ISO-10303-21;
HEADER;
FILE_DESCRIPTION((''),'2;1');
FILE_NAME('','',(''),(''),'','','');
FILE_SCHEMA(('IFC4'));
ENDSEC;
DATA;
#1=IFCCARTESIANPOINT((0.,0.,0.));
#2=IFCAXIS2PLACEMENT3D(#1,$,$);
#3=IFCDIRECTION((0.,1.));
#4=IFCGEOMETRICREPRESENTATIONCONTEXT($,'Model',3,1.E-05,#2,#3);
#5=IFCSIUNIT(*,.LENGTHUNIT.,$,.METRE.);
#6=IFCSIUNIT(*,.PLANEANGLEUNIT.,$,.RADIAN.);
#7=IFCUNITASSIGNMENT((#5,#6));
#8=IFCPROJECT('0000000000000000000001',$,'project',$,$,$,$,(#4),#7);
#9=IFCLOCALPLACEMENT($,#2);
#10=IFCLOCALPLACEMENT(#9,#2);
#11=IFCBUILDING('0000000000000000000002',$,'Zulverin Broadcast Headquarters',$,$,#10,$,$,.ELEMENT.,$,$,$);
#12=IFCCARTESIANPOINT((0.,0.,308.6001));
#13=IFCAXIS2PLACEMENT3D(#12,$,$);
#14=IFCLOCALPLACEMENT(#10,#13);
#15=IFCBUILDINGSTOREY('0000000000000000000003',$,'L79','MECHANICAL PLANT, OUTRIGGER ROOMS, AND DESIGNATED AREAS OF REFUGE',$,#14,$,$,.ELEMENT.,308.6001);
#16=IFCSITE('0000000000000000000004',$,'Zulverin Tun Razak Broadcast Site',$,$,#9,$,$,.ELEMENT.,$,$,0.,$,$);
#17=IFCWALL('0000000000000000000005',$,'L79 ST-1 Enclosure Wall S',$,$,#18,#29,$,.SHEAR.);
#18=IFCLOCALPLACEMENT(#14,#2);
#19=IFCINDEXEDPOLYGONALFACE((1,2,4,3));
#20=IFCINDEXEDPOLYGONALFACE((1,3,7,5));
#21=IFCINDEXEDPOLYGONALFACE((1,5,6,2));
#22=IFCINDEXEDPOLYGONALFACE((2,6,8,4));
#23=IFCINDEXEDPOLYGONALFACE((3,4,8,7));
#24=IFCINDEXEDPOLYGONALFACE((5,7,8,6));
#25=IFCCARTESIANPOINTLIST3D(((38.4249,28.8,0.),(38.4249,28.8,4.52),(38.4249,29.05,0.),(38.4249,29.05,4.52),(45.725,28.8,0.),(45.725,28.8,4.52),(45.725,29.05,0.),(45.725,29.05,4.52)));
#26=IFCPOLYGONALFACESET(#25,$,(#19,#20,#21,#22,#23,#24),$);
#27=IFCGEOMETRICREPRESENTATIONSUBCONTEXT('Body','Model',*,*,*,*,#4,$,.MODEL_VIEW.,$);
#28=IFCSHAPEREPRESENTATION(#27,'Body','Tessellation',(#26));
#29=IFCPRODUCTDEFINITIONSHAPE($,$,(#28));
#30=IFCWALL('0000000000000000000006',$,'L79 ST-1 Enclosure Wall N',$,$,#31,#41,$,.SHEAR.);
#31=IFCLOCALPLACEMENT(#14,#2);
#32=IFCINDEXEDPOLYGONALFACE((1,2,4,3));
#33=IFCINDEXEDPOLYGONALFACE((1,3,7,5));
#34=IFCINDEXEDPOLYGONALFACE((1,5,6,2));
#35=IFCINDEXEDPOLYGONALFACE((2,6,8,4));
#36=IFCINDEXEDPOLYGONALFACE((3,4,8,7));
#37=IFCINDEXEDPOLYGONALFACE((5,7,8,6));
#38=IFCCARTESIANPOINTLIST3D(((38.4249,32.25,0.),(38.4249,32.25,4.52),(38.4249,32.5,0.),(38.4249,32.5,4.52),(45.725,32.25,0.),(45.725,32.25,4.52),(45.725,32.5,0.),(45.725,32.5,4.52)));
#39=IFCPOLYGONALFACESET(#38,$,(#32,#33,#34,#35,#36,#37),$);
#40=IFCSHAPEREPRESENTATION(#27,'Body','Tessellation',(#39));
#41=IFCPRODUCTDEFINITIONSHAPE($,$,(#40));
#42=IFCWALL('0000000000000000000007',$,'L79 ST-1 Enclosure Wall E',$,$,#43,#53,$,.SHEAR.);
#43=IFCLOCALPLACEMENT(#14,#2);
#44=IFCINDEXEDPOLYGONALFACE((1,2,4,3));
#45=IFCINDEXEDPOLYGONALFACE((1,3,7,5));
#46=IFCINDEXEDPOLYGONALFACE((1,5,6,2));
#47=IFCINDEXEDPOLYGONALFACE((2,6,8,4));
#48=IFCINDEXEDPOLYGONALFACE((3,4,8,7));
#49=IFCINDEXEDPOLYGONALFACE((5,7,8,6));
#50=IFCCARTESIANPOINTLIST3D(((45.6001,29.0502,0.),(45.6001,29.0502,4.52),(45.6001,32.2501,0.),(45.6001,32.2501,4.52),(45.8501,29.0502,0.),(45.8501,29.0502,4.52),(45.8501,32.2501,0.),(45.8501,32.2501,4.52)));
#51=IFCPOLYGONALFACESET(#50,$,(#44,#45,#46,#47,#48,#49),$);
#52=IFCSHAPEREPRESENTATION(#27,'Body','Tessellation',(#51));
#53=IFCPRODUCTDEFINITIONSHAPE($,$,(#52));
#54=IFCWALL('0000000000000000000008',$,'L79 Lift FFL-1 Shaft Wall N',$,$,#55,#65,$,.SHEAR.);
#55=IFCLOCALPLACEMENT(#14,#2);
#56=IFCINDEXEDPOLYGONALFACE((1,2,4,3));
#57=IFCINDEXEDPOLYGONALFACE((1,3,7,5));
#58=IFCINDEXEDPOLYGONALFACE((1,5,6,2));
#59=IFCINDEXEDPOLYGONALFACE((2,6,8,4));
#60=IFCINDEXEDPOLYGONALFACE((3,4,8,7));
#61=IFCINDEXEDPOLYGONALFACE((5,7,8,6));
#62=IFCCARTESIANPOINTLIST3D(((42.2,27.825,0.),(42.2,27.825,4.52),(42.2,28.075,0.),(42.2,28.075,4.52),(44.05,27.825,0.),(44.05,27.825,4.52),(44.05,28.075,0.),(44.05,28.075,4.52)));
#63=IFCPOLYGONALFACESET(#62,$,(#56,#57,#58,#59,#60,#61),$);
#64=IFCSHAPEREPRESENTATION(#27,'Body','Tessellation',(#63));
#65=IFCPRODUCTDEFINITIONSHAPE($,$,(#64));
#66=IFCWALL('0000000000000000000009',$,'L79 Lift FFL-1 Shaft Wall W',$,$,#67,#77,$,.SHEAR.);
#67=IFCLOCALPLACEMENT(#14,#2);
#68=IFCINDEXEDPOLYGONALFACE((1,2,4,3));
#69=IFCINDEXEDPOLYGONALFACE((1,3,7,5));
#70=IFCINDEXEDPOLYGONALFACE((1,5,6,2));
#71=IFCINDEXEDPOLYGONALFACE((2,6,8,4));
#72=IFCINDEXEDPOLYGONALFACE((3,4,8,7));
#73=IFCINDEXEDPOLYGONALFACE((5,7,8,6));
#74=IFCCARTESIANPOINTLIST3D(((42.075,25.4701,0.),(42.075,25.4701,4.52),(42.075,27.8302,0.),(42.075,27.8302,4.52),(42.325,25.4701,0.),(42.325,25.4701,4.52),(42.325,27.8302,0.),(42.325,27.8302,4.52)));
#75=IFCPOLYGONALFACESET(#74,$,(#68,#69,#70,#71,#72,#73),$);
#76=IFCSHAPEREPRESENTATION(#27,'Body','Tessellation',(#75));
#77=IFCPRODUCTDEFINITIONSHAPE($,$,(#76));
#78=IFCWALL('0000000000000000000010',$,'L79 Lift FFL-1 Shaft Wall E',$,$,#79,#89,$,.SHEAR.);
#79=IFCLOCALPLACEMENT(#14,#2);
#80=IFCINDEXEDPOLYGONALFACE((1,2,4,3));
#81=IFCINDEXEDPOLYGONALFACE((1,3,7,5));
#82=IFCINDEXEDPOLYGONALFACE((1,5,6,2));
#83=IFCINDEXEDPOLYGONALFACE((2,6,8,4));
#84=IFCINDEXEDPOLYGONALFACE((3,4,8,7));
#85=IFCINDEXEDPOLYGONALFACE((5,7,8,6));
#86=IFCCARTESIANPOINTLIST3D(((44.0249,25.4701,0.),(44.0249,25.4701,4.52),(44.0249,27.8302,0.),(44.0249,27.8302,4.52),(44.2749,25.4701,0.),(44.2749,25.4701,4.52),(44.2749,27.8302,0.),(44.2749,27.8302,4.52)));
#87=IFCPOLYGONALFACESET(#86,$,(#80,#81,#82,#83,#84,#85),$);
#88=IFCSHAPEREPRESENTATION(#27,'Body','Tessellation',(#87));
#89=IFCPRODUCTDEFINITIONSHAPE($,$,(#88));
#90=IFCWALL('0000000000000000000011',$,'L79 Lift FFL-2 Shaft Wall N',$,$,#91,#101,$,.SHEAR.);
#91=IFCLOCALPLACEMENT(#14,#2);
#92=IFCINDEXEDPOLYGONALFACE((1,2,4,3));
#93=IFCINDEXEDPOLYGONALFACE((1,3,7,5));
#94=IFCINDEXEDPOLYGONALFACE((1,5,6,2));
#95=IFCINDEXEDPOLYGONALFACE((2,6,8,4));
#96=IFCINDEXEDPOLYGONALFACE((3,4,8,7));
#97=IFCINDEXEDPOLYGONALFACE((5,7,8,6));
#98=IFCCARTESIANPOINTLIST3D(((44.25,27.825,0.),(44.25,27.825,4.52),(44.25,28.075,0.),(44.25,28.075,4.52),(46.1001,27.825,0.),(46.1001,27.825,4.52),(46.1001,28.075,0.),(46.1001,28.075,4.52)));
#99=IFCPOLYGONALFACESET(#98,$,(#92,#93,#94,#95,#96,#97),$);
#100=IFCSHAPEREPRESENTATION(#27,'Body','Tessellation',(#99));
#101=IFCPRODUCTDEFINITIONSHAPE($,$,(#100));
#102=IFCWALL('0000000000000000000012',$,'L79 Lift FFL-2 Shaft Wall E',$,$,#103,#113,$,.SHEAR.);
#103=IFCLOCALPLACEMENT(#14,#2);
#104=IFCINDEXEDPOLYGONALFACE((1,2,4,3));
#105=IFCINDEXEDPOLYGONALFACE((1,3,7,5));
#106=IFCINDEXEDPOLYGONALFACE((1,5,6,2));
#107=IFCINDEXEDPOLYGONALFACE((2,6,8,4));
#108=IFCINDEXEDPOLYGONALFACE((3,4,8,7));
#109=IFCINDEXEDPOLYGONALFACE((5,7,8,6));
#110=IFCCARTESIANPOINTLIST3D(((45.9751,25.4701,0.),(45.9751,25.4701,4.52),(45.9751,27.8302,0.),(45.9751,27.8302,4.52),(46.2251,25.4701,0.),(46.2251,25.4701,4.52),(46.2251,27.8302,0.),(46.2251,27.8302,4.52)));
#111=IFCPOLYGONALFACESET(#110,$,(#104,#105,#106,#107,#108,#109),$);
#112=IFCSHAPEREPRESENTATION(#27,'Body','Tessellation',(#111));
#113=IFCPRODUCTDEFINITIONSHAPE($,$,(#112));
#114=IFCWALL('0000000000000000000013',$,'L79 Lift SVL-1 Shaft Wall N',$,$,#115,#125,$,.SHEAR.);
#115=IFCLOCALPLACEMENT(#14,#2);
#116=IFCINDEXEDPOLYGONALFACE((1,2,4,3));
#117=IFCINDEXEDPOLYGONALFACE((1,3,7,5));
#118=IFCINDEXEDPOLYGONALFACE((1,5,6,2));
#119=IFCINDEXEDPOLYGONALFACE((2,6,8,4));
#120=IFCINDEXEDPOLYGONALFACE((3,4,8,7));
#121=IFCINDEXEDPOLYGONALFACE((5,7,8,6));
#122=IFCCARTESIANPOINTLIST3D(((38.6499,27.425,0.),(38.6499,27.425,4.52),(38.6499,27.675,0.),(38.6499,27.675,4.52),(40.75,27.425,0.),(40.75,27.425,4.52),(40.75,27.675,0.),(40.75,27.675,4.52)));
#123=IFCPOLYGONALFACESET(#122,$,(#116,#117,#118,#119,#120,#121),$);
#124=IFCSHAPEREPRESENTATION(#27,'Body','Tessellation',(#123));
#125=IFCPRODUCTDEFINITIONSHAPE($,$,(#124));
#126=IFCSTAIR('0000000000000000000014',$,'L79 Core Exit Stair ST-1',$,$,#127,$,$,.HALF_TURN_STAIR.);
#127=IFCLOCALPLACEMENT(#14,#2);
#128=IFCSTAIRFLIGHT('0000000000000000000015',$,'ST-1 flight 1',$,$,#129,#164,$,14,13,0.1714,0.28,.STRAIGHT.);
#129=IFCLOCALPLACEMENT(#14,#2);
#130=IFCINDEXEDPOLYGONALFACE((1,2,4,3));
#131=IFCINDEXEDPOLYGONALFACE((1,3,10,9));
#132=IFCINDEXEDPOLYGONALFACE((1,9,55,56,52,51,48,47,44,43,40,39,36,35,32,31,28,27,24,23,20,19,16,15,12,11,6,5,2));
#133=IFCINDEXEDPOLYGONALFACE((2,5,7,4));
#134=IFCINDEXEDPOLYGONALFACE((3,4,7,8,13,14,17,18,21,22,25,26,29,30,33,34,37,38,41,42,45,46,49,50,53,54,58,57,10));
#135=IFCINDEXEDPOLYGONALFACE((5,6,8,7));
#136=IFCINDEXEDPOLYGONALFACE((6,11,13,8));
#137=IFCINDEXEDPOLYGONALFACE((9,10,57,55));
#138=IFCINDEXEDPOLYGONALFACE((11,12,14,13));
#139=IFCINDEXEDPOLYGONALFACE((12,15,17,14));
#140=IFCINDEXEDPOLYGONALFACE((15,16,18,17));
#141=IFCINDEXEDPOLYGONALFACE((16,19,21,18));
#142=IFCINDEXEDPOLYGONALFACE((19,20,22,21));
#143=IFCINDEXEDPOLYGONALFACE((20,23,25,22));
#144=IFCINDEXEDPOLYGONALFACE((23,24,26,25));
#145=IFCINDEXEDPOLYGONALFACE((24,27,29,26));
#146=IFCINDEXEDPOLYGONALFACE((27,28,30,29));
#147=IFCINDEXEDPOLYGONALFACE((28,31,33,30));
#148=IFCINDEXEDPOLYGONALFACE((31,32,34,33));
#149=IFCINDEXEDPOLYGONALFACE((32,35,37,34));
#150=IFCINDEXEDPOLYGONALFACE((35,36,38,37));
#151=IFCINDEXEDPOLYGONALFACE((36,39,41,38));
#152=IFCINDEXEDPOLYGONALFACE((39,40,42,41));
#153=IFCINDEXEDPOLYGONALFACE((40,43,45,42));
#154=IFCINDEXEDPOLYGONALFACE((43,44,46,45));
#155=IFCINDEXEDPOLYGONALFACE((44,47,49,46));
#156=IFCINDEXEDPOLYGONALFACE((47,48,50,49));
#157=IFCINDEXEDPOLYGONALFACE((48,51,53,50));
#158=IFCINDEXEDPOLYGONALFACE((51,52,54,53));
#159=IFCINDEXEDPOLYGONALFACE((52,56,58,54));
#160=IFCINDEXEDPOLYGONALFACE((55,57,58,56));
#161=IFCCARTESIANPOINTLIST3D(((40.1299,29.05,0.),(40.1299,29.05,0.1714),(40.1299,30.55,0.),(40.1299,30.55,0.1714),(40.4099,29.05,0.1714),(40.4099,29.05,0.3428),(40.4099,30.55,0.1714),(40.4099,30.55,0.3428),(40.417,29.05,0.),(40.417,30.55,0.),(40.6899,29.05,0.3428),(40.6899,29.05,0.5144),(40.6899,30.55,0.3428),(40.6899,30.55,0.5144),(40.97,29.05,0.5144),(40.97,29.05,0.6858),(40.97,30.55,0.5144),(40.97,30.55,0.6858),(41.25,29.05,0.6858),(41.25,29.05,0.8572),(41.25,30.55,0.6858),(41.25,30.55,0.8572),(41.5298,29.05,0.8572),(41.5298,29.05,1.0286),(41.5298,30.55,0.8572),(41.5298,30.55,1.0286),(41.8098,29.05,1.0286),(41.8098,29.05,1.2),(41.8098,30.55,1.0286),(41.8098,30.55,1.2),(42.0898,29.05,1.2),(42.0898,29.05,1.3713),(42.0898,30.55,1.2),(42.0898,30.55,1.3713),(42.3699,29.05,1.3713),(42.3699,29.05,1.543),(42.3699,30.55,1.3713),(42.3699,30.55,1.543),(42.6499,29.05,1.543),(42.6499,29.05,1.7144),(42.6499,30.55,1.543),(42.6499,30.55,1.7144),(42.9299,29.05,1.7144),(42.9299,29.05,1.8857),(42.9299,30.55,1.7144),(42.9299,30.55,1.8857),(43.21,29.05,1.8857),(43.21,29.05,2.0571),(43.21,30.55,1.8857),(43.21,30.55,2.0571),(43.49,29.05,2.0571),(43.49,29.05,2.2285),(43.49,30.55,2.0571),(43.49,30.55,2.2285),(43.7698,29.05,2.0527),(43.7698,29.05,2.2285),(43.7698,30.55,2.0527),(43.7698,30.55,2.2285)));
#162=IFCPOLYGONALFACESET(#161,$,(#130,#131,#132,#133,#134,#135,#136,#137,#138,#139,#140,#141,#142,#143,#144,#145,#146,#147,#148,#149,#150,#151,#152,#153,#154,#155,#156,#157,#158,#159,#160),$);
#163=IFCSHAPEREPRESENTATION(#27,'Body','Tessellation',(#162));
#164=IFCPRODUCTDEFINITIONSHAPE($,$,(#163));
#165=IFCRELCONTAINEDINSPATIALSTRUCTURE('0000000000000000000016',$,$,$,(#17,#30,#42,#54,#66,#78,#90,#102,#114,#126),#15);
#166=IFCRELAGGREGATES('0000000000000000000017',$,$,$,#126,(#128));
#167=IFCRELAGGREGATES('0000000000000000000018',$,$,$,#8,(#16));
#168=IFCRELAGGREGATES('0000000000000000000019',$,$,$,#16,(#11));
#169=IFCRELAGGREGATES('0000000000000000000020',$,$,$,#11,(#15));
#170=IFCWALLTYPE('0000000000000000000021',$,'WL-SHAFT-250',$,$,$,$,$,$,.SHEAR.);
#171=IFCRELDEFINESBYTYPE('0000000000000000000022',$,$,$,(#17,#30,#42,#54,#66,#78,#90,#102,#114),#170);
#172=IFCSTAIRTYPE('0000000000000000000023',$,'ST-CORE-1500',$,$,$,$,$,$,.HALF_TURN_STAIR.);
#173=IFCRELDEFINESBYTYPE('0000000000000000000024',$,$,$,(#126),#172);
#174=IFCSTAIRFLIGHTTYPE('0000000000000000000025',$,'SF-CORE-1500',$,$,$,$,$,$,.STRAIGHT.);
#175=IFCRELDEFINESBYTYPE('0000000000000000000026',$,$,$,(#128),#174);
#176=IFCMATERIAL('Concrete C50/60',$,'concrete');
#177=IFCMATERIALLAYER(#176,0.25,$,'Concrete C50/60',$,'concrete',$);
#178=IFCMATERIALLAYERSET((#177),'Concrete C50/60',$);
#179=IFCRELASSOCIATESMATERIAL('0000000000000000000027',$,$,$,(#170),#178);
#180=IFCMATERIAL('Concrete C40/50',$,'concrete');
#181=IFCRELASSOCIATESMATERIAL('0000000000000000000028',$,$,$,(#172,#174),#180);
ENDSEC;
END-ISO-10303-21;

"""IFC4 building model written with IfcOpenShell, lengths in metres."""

from ifc_helpers import new_model, si_unit, direction, frame, frame_2d, origin, place, context, subcontext, project, spatial, polyline, rectangle, outline, extrude, material, layer, layer_set, type_object, element, aggregate, save


model = new_model("IFC4")

# Units and contexts
model_context = context("Model", 3, precision=1e-05, world=origin(), true_north=direction((0.0, 1.0)))
body_context = subcontext(model_context, "Body", "Model", "MODEL_VIEW")
ifc_project = project(units=[si_unit("LENGTHUNIT", "METRE"), si_unit("PLANEANGLEUNIT", "RADIAN")], contexts=[model_context])

# Site, building, storey
site_placement = place(None, origin())
site = spatial("IfcSite", under=ifc_project, at=site_placement, Name="Zulverin Tun Razak Broadcast Site", CompositionType="ELEMENT", RefElevation=0.0)
building_placement = place(site_placement, origin())
building = spatial("IfcBuilding", under=site, at=building_placement, Name="Zulverin Broadcast Headquarters", CompositionType="ELEMENT")
storey_placement = place(building_placement, frame((0.0, 0.0, 308.6001)))
storey = spatial("IfcBuildingStorey", under=building, at=storey_placement, Name="L79", Description="MECHANICAL PLANT, OUTRIGGER ROOMS, AND DESIGNATED AREAS OF REFUGE", CompositionType="ELEMENT", Elevation=308.6001)

# Shared definitions
ifc_material_1 = material(Name="Concrete C50/60", Category="concrete")

# Walls
ifc_layer_1 = layer(ifc_material_1, 0.25, Name="Concrete C50/60", Category="concrete")
ifc_layer_set_1 = layer_set([ifc_layer_1], Name="Concrete C50/60")
wall_type_1 = type_object("IfcWallType", Name="WL-SHAFT-250", PredefinedType="SHEAR", material=ifc_layer_set_1)
for number, where, z_axis, x_axis, name in (
    (1, (38.425, 28.925, 0.0), (0.0, 0.0, 1.0), (1.0, 0.0, 0.0), "L79 ST-1 Enclosure Wall S"),
    (2, (38.425, 32.375, 0.0), (0.0, 0.0, 1.0), (1.0, 0.0, 0.0), "L79 ST-1 Enclosure Wall N"),
):
    element("IfcWall", number, at=place(storey_placement, frame(where, z_axis=z_axis, x_axis=x_axis)), inside=storey, type_object=wall_type_1, Name=name, PredefinedType="SHEAR", context=body_context, shape_type="SweptSolid", body=[
        extrude(rectangle(XDim=7.3, YDim=0.25, at=frame_2d((3.6499, 0.0))), origin(), (0.0, 0.0, 1.0), 4.52),
    ])

# Walls
wall_1_placement = place(storey_placement, frame((45.7251, 29.05, 0.0), z_axis=(0.0, 0.0, 1.0), x_axis=(0.0, 1.0, 0.0)))
element("IfcWall", 3, at=wall_1_placement, inside=storey, type_object=wall_type_1, Name="L79 ST-1 Enclosure Wall E", PredefinedType="SHEAR", context=body_context, shape_type="SweptSolid", body=[
    extrude(rectangle(XDim=3.2, YDim=0.25, at=frame_2d((1.6001, 0.0))), origin(), (0.0, 0.0, 1.0), 4.52),
])
wall_2_placement = place(storey_placement, frame((42.2, 27.95, 0.0), z_axis=(0.0, 0.0, 1.0), x_axis=(1.0, 0.0, 0.0)))
element("IfcWall", 4, at=wall_2_placement, inside=storey, type_object=wall_type_1, Name="L79 Lift FFL-1 Shaft Wall N", PredefinedType="SHEAR", context=body_context, shape_type="SweptSolid", body=[
    extrude(rectangle(XDim=1.8501, YDim=0.25, at=frame_2d((0.925, 0.0))), origin(), (0.0, 0.0, 1.0), 4.52),
])
for number, where, z_axis, x_axis, name in (
    (5, (42.2, 25.47, 0.0), (0.0, 0.0, 1.0), (0.0, 1.0, 0.0), "L79 Lift FFL-1 Shaft Wall W"),
    (6, (44.1499, 25.47, 0.0), (0.0, 0.0, 1.0), (0.0, 1.0, 0.0), "L79 Lift FFL-1 Shaft Wall E"),
):
    element("IfcWall", number, at=place(storey_placement, frame(where, z_axis=z_axis, x_axis=x_axis)), inside=storey, type_object=wall_type_1, Name=name, PredefinedType="SHEAR", context=body_context, shape_type="SweptSolid", body=[
        extrude(rectangle(XDim=2.3601, YDim=0.25, at=frame_2d((1.1802, 0.0))), origin(), (0.0, 0.0, 1.0), 4.52),
    ])
wall_3_placement = place(storey_placement, frame((44.25, 27.95, 0.0), z_axis=(0.0, 0.0, 1.0), x_axis=(1.0, 0.0, 0.0)))
element("IfcWall", 7, at=wall_3_placement, inside=storey, type_object=wall_type_1, Name="L79 Lift FFL-2 Shaft Wall N", PredefinedType="SHEAR", context=body_context, shape_type="SweptSolid", body=[
    extrude(rectangle(XDim=1.8501, YDim=0.25, at=frame_2d((0.925, 0.0))), origin(), (0.0, 0.0, 1.0), 4.52),
])
wall_4_placement = place(storey_placement, frame((46.1001, 25.47, 0.0), z_axis=(0.0, 0.0, 1.0), x_axis=(0.0, 1.0, 0.0)))
element("IfcWall", 8, at=wall_4_placement, inside=storey, type_object=wall_type_1, Name="L79 Lift FFL-2 Shaft Wall E", PredefinedType="SHEAR", context=body_context, shape_type="SweptSolid", body=[
    extrude(rectangle(XDim=2.3601, YDim=0.25, at=frame_2d((1.1802, 0.0))), origin(), (0.0, 0.0, 1.0), 4.52),
])
wall_5_placement = place(storey_placement, frame((38.6499, 27.55, 0.0), z_axis=(0.0, 0.0, 1.0), x_axis=(1.0, 0.0, 0.0)))
element("IfcWall", 9, at=wall_5_placement, inside=storey, type_object=wall_type_1, Name="L79 Lift SVL-1 Shaft Wall N", PredefinedType="SHEAR", context=body_context, shape_type="SweptSolid", body=[
    extrude(rectangle(XDim=2.1001, YDim=0.25, at=frame_2d((1.05, 0.0))), origin(), (0.0, 0.0, 1.0), 4.52),
])

# Stair, stair flight
ifc_material_2 = material(Name="Concrete C40/50", Category="concrete")
stair_type = type_object("IfcStairType", Name="ST-CORE-1500", PredefinedType="HALF_TURN_STAIR", material=ifc_material_2)
stair_placement = place(storey_placement, origin())
stair = element("IfcStair", 10, at=stair_placement, inside=storey, type_object=stair_type, Name="L79 Core Exit Stair ST-1", PredefinedType="HALF_TURN_STAIR")
stair_flight_type = type_object("IfcStairFlightType", Name="SF-CORE-1500", PredefinedType="STRAIGHT", material=ifc_material_2)
stair_flight_1_placement = place(storey_placement, frame((40.1299, 29.8, 0.0), z_axis=(0.0, 0.0, 1.0), x_axis=(1.0, 0.0, 0.0)))
stair_flight_1 = element("IfcStairFlight", 11, at=stair_flight_1_placement, type_object=stair_flight_type, Name="ST-1 flight 1", NumberOfRisers=14, NumberOfTreads=13, PredefinedType="STRAIGHT", RiserHeight=0.1714, TreadLength=0.28, context=body_context, shape_type="SweptSolid", body=[
    extrude(outline(polyline([(0.0, 0.0), (0.0, 0.1714), (0.28, 0.1714), (0.28, 0.3428), (0.5601, 0.3428), (0.5601, 0.5144), (0.8401, 0.5144), (0.8401, 0.6858), (1.1201, 0.6858), (1.1201, 0.8572), (1.3999, 0.8572), (1.3999, 1.0286), (1.6799, 1.0286), (1.6799, 1.2), (1.96, 1.2), (1.96, 1.3713), (2.24, 1.3713), (2.24, 1.543), (2.52, 1.543), (2.52, 1.7144), (2.8, 1.7144), (2.8, 1.8857), (3.0801, 1.8857), (3.0801, 2.0571), (3.3601, 2.0571), (3.3601, 2.2285), (3.6399, 2.2285), (3.6399, 2.3999), (3.6399, 2.0527), (0.2871, 0.0), (0.0, 0.0)])), frame((0.0, 0.75, 0.0), z_axis=(0.0, -1.0, 0.0), x_axis=(1.0, 0.0, 0.0)), (0.0, 0.0, 1.0), 1.5),
])
aggregate(stair, [stair_flight_1])

save(model, "model.ifc")
